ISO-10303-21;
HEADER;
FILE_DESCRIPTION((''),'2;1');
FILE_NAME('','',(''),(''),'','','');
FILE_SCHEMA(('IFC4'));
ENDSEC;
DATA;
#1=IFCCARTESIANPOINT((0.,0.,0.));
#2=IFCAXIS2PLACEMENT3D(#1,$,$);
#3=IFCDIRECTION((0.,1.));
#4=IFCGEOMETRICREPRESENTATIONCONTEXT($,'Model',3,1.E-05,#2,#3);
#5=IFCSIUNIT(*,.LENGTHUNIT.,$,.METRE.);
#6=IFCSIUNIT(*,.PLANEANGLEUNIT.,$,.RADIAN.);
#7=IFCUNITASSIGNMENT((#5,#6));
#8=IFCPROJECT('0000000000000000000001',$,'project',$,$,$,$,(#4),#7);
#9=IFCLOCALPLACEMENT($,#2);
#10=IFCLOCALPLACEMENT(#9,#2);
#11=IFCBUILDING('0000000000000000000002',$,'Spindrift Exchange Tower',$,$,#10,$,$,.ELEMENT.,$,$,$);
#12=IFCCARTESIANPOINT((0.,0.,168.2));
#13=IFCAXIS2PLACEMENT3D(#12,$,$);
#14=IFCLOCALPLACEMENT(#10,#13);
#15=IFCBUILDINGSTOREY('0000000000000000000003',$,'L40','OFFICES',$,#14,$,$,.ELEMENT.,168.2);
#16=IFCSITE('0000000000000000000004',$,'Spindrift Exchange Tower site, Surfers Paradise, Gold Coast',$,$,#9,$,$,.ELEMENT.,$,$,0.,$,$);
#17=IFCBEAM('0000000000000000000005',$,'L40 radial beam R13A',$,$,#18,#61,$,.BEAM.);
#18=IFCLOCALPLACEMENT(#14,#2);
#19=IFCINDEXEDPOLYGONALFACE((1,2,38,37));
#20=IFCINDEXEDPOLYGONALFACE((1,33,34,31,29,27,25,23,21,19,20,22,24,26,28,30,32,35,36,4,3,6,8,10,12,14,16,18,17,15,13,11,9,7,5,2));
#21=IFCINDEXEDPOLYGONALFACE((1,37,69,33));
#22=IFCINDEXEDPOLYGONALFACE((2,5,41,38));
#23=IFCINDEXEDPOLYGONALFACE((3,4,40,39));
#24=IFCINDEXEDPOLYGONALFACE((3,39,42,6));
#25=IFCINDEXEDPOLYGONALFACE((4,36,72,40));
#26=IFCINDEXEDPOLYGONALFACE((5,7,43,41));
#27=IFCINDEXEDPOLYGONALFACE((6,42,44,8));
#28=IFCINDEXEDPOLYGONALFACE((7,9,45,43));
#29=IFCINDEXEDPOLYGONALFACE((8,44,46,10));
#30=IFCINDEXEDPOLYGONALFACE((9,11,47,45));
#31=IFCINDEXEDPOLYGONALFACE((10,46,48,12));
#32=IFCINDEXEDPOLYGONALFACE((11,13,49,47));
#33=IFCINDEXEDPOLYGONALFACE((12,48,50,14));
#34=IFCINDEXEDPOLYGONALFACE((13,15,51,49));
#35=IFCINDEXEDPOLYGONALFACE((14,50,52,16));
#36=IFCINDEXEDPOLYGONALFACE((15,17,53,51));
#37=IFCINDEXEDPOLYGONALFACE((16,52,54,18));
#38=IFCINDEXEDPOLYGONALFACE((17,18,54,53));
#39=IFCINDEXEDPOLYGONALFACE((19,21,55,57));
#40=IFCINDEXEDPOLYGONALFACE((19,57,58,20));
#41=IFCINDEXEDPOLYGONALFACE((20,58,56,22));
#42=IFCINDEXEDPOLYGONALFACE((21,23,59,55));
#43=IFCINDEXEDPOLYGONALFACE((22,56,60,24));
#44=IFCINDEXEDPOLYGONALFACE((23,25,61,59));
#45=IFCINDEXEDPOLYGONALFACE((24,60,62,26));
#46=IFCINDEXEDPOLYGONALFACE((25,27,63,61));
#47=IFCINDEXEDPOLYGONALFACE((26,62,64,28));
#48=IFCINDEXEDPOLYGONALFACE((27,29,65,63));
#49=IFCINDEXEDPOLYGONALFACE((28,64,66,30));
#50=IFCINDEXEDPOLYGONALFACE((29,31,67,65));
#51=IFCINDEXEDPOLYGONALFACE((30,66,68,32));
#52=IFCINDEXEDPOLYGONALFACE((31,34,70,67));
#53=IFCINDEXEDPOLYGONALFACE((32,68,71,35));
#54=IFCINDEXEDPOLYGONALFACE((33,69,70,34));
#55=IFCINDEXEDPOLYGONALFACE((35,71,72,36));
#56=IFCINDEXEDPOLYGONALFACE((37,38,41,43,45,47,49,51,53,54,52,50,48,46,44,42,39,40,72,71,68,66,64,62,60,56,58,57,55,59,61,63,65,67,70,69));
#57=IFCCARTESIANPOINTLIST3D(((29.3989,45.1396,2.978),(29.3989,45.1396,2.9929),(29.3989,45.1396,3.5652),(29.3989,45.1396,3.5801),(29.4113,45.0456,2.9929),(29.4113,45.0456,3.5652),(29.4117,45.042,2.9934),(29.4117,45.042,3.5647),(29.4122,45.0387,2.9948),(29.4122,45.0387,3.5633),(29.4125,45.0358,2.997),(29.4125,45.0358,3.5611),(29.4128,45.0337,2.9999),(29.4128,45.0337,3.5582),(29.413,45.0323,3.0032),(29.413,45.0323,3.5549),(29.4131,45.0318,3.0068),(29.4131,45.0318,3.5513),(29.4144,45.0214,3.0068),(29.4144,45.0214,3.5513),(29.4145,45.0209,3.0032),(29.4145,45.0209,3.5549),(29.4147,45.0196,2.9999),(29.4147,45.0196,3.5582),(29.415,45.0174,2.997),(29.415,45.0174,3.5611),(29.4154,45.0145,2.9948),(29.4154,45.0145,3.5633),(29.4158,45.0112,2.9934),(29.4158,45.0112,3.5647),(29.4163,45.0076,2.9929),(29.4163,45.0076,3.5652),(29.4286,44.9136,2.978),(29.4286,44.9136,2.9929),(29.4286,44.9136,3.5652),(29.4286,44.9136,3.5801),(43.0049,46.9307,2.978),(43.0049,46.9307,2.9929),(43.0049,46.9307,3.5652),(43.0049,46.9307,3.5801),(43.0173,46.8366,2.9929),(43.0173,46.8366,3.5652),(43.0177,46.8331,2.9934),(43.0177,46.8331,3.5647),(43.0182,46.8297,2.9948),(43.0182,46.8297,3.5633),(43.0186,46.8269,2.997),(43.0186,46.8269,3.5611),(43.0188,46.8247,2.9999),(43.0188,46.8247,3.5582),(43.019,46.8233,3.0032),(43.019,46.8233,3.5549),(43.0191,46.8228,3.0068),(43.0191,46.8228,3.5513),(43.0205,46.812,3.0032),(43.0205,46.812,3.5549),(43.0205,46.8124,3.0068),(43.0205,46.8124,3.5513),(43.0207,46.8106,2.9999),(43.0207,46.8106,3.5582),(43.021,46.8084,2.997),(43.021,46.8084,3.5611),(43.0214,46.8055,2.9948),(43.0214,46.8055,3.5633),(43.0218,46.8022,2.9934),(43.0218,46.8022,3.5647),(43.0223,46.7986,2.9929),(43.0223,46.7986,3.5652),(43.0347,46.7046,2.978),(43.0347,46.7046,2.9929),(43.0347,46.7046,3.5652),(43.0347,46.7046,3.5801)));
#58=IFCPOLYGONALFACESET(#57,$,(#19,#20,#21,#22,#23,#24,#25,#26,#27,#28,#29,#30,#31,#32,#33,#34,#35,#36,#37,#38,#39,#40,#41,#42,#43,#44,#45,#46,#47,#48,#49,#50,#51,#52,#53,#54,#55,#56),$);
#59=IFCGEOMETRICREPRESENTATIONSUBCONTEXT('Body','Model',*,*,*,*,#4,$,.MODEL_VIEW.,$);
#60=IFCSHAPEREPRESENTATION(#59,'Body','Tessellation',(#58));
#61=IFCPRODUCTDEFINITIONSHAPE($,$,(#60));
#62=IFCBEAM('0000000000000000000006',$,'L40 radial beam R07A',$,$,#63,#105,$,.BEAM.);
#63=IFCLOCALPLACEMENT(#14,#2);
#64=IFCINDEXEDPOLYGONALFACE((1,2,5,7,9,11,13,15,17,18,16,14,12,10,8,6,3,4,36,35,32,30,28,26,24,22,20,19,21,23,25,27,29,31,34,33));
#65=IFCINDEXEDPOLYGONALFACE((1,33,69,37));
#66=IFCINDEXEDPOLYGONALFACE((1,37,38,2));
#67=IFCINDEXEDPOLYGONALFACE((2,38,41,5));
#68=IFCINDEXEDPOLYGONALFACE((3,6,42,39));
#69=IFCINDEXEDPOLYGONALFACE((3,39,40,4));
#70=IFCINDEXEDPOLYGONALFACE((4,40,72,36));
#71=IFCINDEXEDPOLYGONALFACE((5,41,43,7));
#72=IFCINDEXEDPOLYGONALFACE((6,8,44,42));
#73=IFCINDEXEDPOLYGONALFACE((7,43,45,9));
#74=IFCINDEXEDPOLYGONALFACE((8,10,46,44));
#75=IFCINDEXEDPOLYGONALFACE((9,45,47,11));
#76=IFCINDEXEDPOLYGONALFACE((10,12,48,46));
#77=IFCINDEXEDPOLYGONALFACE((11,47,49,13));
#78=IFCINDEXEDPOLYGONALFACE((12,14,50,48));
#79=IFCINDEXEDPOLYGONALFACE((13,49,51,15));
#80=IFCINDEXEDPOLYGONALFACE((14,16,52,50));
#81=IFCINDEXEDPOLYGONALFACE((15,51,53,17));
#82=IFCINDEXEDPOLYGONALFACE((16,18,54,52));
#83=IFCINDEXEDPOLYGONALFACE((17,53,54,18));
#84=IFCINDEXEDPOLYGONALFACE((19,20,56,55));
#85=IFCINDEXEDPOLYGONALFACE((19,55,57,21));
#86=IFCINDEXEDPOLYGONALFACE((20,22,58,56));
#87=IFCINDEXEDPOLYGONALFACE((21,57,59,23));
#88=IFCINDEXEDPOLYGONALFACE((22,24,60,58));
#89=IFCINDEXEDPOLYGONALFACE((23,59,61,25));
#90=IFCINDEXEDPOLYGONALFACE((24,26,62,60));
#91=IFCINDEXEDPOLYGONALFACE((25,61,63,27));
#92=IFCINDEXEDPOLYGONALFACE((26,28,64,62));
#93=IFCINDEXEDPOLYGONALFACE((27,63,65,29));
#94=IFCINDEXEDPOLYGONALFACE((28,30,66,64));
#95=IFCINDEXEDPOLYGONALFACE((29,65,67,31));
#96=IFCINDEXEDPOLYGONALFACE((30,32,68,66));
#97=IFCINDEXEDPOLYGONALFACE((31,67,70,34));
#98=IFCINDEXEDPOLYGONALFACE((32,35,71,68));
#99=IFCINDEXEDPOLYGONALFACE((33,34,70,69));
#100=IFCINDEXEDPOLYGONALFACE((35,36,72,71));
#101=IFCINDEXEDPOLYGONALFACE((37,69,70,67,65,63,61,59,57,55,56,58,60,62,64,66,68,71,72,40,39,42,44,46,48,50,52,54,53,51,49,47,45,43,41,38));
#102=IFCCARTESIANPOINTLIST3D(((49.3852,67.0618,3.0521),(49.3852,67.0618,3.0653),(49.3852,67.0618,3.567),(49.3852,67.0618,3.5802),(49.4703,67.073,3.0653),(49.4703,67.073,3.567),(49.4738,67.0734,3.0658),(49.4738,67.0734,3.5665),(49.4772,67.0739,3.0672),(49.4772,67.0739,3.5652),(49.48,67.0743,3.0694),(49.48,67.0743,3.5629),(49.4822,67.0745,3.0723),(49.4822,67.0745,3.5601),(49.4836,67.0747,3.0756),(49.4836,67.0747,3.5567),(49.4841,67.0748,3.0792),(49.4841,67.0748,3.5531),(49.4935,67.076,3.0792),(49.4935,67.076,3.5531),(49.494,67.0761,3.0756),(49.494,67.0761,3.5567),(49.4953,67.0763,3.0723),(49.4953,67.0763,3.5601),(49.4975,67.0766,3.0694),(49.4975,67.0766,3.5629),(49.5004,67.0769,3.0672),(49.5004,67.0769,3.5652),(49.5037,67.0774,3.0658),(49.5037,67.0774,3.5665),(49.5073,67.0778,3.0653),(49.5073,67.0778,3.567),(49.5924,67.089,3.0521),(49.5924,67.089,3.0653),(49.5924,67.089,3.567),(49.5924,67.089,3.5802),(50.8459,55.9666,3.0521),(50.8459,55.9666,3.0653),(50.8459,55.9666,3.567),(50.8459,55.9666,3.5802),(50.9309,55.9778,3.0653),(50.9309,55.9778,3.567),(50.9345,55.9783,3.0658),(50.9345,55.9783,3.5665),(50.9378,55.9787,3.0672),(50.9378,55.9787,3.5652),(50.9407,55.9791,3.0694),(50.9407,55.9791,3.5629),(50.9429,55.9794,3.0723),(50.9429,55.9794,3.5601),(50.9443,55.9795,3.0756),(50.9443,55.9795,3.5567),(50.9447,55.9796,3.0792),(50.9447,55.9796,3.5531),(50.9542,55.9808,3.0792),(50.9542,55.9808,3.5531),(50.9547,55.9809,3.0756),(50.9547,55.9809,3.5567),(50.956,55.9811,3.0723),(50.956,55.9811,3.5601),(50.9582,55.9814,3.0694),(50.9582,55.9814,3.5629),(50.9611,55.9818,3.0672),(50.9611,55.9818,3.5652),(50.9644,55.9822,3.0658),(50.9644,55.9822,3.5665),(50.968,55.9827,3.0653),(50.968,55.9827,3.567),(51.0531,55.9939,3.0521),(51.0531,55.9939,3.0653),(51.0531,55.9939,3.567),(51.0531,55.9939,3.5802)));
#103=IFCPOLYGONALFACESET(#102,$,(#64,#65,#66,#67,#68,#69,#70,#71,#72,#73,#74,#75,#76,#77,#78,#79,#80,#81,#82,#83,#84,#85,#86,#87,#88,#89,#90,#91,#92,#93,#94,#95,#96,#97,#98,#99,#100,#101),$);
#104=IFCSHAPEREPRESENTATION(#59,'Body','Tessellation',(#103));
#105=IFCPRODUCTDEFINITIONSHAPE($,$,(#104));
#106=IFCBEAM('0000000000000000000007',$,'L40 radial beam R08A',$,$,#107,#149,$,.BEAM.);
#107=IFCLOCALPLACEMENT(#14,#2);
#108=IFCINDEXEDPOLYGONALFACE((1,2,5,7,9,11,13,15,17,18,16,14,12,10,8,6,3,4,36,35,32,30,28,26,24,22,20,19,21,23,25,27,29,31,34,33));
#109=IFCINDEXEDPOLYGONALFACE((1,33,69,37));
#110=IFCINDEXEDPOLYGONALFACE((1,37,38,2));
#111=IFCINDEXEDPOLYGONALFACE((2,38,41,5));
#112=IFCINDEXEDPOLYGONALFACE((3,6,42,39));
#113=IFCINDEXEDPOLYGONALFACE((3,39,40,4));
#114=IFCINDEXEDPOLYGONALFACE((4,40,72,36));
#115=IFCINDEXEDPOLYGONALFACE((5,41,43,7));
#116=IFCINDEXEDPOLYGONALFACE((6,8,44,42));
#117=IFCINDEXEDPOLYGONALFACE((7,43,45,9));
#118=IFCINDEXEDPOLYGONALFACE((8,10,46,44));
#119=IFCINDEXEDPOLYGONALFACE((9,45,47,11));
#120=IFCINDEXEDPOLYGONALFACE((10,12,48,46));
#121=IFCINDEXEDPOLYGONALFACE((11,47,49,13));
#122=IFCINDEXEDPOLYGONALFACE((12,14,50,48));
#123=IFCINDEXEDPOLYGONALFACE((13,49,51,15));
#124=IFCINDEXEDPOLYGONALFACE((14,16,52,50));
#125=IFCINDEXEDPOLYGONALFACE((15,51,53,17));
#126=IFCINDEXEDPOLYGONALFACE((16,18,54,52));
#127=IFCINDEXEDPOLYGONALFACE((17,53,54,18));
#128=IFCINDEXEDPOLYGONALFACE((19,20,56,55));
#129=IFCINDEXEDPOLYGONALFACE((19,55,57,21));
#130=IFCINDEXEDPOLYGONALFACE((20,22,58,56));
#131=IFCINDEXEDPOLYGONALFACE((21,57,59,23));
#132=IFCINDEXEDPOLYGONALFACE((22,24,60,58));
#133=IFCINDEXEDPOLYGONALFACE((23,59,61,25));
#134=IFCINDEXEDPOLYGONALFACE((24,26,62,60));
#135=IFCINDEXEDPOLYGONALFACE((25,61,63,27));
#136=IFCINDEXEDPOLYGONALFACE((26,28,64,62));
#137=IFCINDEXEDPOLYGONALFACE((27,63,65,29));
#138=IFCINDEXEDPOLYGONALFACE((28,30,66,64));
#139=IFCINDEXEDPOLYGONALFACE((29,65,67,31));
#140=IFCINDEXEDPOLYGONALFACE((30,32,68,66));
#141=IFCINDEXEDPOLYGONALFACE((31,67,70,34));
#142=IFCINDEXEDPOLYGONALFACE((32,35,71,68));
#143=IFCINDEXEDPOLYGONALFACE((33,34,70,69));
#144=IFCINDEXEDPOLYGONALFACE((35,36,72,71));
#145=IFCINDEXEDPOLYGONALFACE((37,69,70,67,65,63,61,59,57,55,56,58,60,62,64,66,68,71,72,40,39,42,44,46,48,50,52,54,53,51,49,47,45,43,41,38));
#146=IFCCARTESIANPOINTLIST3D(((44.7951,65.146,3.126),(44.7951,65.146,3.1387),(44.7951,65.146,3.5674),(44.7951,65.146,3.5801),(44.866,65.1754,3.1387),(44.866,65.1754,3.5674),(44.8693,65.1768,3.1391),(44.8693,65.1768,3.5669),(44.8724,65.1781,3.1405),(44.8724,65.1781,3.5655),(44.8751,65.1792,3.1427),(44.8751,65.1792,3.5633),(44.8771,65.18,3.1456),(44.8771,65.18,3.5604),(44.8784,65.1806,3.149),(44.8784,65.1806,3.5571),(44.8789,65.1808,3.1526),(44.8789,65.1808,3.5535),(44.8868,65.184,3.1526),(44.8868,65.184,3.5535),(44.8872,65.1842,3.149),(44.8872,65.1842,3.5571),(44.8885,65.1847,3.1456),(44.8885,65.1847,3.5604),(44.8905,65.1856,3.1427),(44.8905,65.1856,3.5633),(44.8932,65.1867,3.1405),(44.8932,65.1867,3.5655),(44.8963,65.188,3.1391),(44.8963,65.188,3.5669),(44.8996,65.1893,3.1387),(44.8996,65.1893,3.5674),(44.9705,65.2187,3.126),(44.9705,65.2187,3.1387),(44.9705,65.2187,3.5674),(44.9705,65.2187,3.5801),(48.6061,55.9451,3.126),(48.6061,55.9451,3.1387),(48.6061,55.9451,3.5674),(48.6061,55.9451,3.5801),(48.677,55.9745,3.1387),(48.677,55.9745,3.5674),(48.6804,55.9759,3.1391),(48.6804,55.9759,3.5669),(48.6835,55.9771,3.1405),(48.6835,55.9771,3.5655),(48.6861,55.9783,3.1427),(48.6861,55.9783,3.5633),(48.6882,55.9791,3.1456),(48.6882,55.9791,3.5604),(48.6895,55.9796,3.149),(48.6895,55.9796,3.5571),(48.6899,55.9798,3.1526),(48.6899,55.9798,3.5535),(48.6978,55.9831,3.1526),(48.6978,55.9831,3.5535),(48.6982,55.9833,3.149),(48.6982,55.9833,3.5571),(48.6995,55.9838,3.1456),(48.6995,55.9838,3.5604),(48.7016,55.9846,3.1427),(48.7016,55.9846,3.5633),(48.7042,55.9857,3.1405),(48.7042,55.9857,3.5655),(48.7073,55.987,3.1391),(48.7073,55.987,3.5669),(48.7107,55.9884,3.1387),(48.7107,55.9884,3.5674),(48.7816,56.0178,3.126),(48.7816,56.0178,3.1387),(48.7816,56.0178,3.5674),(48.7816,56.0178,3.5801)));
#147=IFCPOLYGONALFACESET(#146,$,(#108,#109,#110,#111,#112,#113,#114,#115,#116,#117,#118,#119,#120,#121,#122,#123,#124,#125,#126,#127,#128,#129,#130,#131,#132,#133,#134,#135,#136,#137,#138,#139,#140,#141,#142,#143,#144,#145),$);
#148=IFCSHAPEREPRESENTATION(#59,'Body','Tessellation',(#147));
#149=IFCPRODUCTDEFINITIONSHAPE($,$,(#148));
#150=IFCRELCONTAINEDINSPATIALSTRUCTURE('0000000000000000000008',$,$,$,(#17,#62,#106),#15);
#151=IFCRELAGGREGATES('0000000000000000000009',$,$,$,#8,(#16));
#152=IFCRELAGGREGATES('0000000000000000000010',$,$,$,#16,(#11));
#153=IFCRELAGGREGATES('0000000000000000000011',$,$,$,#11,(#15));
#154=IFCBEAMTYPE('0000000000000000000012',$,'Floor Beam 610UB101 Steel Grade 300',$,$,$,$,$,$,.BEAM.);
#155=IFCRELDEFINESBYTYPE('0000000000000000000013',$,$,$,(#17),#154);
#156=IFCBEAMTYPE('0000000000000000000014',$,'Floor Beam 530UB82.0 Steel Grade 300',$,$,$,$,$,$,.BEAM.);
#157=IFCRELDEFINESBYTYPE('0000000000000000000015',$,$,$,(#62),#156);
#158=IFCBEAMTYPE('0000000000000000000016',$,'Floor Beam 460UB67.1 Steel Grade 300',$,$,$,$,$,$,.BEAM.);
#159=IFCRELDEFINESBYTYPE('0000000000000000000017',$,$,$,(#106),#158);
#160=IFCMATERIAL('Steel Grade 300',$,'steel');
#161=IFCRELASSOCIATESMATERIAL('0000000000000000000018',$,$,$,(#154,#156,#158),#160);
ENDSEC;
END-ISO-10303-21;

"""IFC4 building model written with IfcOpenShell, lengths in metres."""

from ifc_helpers import new_model, si_unit, direction, frame, origin, origin_2d, place, context, subcontext, project, spatial, i_section, extrude, source, transform, mapped, material, material_profile, profile_set, type_object, element, save


model = new_model("IFC4")

# Units and contexts
model_context = context("Model", 3, precision=1e-05, world=origin(), true_north=direction((0.0, 1.0)))
body_context = subcontext(model_context, "Body", "Model", "MODEL_VIEW")
ifc_project = project(units=[si_unit("LENGTHUNIT", "METRE"), si_unit("PLANEANGLEUNIT", "RADIAN")], contexts=[model_context])

# Site, building, storey
site_placement = place(None, origin())
site = spatial("IfcSite", under=ifc_project, at=site_placement, Name="Spindrift Exchange Tower site, Surfers Paradise, Gold Coast", CompositionType="ELEMENT", RefElevation=0.0)
building_placement = place(site_placement, origin())
building = spatial("IfcBuilding", under=site, at=building_placement, Name="Spindrift Exchange Tower", CompositionType="ELEMENT")
storey_placement = place(building_placement, frame((0.0, 0.0, 168.2)))
storey = spatial("IfcBuildingStorey", under=building, at=storey_placement, Name="L40", Description="OFFICES", CompositionType="ELEMENT", Elevation=168.2)

# Beams
ifc_material_1 = material(Name="Steel Grade 300", Category="steel")
ifc_material_profile_1 = material_profile(ifc_material_1, i_section(OverallWidth=0.228, OverallDepth=0.6021, WebThickness=0.0105, FlangeThickness=0.0149, FilletRadius=0.0139, at=origin_2d()), Name="610UB101")
ifc_profile_set_1 = profile_set([ifc_material_profile_1], Name="Steel Grade 300")
beam_type_1 = type_object("IfcBeamType", Name="Floor Beam 610UB101 Steel Grade 300", PredefinedType="BEAM", material=ifc_profile_set_1)
shared_shape_1 = source(origin(), body_context, "Body", "SweptSolid", [
    extrude(i_section(OverallWidth=0.228, OverallDepth=0.6021, WebThickness=0.0105, FlangeThickness=0.0149, FilletRadius=0.0139, at=origin_2d()), origin(), (0.0, 0.0, 1.0), 13.7234),
])
beam_1_placement = place(storey_placement, frame((43.0198, 46.8176, 3.2791), z_axis=(-0.991447, -0.130509, 0.0), x_axis=(0.130509, -0.991447, 0.0)))
element("IfcBeam", 1, at=beam_1_placement, inside=storey, type_object=beam_type_1, Name="L40 radial beam R13A", PredefinedType="BEAM", context=body_context, shape_type="MappedRepresentation", body=[
    mapped(shared_shape_1, transform((0.0, 0.0, 0.0), scale=1.0)),
])
ifc_material_profile_2 = material_profile(ifc_material_1, i_section(OverallWidth=0.209, OverallDepth=0.5281, WebThickness=0.0095, FlangeThickness=0.0132, FilletRadius=0.0139, at=origin_2d()), Name="530UB82.0")
ifc_profile_set_2 = profile_set([ifc_material_profile_2], Name="Steel Grade 300")
beam_type_2 = type_object("IfcBeamType", Name="Floor Beam 530UB82.0 Steel Grade 300", PredefinedType="BEAM", material=ifc_profile_set_2)
shared_shape_2 = source(origin(), body_context, "Body", "SweptSolid", [
    extrude(i_section(OverallWidth=0.209, OverallDepth=0.5281, WebThickness=0.0095, FlangeThickness=0.0132, FilletRadius=0.0139, at=origin_2d()), origin(), (0.0, 0.0, 1.0), 11.1909),
])
beam_2_placement = place(storey_placement, frame((50.9495, 55.9802, 3.3162), z_axis=(-0.130524, 0.991445, 0.0), x_axis=(-0.991445, -0.130524, 0.0)))
element("IfcBeam", 2, at=beam_2_placement, inside=storey, type_object=beam_type_2, Name="L40 radial beam R07A", PredefinedType="BEAM", context=body_context, shape_type="MappedRepresentation", body=[
    mapped(shared_shape_2, transform((0.0, 0.0, 0.0), scale=1.0)),
])
ifc_material_profile_3 = material_profile(ifc_material_1, i_section(OverallWidth=0.1899, OverallDepth=0.4541, WebThickness=0.0085, FlangeThickness=0.0127, FilletRadius=0.0139, at=origin_2d()), Name="460UB67.1")
ifc_profile_set_3 = profile_set([ifc_material_profile_3], Name="Steel Grade 300")
beam_type_3 = type_object("IfcBeamType", Name="Floor Beam 460UB67.1 Steel Grade 300", PredefinedType="BEAM", material=ifc_profile_set_3)
shared_shape_3 = source(origin(), body_context, "Body", "SweptSolid", [
    extrude(i_section(OverallWidth=0.1899, OverallDepth=0.4541, WebThickness=0.0085, FlangeThickness=0.0127, FilletRadius=0.0139, at=origin_2d()), origin(), (0.0, 0.0, 1.0), 9.959),
])
beam_3_placement = place(storey_placement, frame((48.6938, 55.9814, 3.353), z_axis=(-0.382674, 0.923884, 0.0), x_axis=(-0.923884, -0.382674, 0.0)))
element("IfcBeam", 3, at=beam_3_placement, inside=storey, type_object=beam_type_3, Name="L40 radial beam R08A", PredefinedType="BEAM", context=body_context, shape_type="MappedRepresentation", body=[
    mapped(shared_shape_3, transform((0.0, 0.0, 0.0), scale=1.0)),
])

save(model, "model.ifc")
